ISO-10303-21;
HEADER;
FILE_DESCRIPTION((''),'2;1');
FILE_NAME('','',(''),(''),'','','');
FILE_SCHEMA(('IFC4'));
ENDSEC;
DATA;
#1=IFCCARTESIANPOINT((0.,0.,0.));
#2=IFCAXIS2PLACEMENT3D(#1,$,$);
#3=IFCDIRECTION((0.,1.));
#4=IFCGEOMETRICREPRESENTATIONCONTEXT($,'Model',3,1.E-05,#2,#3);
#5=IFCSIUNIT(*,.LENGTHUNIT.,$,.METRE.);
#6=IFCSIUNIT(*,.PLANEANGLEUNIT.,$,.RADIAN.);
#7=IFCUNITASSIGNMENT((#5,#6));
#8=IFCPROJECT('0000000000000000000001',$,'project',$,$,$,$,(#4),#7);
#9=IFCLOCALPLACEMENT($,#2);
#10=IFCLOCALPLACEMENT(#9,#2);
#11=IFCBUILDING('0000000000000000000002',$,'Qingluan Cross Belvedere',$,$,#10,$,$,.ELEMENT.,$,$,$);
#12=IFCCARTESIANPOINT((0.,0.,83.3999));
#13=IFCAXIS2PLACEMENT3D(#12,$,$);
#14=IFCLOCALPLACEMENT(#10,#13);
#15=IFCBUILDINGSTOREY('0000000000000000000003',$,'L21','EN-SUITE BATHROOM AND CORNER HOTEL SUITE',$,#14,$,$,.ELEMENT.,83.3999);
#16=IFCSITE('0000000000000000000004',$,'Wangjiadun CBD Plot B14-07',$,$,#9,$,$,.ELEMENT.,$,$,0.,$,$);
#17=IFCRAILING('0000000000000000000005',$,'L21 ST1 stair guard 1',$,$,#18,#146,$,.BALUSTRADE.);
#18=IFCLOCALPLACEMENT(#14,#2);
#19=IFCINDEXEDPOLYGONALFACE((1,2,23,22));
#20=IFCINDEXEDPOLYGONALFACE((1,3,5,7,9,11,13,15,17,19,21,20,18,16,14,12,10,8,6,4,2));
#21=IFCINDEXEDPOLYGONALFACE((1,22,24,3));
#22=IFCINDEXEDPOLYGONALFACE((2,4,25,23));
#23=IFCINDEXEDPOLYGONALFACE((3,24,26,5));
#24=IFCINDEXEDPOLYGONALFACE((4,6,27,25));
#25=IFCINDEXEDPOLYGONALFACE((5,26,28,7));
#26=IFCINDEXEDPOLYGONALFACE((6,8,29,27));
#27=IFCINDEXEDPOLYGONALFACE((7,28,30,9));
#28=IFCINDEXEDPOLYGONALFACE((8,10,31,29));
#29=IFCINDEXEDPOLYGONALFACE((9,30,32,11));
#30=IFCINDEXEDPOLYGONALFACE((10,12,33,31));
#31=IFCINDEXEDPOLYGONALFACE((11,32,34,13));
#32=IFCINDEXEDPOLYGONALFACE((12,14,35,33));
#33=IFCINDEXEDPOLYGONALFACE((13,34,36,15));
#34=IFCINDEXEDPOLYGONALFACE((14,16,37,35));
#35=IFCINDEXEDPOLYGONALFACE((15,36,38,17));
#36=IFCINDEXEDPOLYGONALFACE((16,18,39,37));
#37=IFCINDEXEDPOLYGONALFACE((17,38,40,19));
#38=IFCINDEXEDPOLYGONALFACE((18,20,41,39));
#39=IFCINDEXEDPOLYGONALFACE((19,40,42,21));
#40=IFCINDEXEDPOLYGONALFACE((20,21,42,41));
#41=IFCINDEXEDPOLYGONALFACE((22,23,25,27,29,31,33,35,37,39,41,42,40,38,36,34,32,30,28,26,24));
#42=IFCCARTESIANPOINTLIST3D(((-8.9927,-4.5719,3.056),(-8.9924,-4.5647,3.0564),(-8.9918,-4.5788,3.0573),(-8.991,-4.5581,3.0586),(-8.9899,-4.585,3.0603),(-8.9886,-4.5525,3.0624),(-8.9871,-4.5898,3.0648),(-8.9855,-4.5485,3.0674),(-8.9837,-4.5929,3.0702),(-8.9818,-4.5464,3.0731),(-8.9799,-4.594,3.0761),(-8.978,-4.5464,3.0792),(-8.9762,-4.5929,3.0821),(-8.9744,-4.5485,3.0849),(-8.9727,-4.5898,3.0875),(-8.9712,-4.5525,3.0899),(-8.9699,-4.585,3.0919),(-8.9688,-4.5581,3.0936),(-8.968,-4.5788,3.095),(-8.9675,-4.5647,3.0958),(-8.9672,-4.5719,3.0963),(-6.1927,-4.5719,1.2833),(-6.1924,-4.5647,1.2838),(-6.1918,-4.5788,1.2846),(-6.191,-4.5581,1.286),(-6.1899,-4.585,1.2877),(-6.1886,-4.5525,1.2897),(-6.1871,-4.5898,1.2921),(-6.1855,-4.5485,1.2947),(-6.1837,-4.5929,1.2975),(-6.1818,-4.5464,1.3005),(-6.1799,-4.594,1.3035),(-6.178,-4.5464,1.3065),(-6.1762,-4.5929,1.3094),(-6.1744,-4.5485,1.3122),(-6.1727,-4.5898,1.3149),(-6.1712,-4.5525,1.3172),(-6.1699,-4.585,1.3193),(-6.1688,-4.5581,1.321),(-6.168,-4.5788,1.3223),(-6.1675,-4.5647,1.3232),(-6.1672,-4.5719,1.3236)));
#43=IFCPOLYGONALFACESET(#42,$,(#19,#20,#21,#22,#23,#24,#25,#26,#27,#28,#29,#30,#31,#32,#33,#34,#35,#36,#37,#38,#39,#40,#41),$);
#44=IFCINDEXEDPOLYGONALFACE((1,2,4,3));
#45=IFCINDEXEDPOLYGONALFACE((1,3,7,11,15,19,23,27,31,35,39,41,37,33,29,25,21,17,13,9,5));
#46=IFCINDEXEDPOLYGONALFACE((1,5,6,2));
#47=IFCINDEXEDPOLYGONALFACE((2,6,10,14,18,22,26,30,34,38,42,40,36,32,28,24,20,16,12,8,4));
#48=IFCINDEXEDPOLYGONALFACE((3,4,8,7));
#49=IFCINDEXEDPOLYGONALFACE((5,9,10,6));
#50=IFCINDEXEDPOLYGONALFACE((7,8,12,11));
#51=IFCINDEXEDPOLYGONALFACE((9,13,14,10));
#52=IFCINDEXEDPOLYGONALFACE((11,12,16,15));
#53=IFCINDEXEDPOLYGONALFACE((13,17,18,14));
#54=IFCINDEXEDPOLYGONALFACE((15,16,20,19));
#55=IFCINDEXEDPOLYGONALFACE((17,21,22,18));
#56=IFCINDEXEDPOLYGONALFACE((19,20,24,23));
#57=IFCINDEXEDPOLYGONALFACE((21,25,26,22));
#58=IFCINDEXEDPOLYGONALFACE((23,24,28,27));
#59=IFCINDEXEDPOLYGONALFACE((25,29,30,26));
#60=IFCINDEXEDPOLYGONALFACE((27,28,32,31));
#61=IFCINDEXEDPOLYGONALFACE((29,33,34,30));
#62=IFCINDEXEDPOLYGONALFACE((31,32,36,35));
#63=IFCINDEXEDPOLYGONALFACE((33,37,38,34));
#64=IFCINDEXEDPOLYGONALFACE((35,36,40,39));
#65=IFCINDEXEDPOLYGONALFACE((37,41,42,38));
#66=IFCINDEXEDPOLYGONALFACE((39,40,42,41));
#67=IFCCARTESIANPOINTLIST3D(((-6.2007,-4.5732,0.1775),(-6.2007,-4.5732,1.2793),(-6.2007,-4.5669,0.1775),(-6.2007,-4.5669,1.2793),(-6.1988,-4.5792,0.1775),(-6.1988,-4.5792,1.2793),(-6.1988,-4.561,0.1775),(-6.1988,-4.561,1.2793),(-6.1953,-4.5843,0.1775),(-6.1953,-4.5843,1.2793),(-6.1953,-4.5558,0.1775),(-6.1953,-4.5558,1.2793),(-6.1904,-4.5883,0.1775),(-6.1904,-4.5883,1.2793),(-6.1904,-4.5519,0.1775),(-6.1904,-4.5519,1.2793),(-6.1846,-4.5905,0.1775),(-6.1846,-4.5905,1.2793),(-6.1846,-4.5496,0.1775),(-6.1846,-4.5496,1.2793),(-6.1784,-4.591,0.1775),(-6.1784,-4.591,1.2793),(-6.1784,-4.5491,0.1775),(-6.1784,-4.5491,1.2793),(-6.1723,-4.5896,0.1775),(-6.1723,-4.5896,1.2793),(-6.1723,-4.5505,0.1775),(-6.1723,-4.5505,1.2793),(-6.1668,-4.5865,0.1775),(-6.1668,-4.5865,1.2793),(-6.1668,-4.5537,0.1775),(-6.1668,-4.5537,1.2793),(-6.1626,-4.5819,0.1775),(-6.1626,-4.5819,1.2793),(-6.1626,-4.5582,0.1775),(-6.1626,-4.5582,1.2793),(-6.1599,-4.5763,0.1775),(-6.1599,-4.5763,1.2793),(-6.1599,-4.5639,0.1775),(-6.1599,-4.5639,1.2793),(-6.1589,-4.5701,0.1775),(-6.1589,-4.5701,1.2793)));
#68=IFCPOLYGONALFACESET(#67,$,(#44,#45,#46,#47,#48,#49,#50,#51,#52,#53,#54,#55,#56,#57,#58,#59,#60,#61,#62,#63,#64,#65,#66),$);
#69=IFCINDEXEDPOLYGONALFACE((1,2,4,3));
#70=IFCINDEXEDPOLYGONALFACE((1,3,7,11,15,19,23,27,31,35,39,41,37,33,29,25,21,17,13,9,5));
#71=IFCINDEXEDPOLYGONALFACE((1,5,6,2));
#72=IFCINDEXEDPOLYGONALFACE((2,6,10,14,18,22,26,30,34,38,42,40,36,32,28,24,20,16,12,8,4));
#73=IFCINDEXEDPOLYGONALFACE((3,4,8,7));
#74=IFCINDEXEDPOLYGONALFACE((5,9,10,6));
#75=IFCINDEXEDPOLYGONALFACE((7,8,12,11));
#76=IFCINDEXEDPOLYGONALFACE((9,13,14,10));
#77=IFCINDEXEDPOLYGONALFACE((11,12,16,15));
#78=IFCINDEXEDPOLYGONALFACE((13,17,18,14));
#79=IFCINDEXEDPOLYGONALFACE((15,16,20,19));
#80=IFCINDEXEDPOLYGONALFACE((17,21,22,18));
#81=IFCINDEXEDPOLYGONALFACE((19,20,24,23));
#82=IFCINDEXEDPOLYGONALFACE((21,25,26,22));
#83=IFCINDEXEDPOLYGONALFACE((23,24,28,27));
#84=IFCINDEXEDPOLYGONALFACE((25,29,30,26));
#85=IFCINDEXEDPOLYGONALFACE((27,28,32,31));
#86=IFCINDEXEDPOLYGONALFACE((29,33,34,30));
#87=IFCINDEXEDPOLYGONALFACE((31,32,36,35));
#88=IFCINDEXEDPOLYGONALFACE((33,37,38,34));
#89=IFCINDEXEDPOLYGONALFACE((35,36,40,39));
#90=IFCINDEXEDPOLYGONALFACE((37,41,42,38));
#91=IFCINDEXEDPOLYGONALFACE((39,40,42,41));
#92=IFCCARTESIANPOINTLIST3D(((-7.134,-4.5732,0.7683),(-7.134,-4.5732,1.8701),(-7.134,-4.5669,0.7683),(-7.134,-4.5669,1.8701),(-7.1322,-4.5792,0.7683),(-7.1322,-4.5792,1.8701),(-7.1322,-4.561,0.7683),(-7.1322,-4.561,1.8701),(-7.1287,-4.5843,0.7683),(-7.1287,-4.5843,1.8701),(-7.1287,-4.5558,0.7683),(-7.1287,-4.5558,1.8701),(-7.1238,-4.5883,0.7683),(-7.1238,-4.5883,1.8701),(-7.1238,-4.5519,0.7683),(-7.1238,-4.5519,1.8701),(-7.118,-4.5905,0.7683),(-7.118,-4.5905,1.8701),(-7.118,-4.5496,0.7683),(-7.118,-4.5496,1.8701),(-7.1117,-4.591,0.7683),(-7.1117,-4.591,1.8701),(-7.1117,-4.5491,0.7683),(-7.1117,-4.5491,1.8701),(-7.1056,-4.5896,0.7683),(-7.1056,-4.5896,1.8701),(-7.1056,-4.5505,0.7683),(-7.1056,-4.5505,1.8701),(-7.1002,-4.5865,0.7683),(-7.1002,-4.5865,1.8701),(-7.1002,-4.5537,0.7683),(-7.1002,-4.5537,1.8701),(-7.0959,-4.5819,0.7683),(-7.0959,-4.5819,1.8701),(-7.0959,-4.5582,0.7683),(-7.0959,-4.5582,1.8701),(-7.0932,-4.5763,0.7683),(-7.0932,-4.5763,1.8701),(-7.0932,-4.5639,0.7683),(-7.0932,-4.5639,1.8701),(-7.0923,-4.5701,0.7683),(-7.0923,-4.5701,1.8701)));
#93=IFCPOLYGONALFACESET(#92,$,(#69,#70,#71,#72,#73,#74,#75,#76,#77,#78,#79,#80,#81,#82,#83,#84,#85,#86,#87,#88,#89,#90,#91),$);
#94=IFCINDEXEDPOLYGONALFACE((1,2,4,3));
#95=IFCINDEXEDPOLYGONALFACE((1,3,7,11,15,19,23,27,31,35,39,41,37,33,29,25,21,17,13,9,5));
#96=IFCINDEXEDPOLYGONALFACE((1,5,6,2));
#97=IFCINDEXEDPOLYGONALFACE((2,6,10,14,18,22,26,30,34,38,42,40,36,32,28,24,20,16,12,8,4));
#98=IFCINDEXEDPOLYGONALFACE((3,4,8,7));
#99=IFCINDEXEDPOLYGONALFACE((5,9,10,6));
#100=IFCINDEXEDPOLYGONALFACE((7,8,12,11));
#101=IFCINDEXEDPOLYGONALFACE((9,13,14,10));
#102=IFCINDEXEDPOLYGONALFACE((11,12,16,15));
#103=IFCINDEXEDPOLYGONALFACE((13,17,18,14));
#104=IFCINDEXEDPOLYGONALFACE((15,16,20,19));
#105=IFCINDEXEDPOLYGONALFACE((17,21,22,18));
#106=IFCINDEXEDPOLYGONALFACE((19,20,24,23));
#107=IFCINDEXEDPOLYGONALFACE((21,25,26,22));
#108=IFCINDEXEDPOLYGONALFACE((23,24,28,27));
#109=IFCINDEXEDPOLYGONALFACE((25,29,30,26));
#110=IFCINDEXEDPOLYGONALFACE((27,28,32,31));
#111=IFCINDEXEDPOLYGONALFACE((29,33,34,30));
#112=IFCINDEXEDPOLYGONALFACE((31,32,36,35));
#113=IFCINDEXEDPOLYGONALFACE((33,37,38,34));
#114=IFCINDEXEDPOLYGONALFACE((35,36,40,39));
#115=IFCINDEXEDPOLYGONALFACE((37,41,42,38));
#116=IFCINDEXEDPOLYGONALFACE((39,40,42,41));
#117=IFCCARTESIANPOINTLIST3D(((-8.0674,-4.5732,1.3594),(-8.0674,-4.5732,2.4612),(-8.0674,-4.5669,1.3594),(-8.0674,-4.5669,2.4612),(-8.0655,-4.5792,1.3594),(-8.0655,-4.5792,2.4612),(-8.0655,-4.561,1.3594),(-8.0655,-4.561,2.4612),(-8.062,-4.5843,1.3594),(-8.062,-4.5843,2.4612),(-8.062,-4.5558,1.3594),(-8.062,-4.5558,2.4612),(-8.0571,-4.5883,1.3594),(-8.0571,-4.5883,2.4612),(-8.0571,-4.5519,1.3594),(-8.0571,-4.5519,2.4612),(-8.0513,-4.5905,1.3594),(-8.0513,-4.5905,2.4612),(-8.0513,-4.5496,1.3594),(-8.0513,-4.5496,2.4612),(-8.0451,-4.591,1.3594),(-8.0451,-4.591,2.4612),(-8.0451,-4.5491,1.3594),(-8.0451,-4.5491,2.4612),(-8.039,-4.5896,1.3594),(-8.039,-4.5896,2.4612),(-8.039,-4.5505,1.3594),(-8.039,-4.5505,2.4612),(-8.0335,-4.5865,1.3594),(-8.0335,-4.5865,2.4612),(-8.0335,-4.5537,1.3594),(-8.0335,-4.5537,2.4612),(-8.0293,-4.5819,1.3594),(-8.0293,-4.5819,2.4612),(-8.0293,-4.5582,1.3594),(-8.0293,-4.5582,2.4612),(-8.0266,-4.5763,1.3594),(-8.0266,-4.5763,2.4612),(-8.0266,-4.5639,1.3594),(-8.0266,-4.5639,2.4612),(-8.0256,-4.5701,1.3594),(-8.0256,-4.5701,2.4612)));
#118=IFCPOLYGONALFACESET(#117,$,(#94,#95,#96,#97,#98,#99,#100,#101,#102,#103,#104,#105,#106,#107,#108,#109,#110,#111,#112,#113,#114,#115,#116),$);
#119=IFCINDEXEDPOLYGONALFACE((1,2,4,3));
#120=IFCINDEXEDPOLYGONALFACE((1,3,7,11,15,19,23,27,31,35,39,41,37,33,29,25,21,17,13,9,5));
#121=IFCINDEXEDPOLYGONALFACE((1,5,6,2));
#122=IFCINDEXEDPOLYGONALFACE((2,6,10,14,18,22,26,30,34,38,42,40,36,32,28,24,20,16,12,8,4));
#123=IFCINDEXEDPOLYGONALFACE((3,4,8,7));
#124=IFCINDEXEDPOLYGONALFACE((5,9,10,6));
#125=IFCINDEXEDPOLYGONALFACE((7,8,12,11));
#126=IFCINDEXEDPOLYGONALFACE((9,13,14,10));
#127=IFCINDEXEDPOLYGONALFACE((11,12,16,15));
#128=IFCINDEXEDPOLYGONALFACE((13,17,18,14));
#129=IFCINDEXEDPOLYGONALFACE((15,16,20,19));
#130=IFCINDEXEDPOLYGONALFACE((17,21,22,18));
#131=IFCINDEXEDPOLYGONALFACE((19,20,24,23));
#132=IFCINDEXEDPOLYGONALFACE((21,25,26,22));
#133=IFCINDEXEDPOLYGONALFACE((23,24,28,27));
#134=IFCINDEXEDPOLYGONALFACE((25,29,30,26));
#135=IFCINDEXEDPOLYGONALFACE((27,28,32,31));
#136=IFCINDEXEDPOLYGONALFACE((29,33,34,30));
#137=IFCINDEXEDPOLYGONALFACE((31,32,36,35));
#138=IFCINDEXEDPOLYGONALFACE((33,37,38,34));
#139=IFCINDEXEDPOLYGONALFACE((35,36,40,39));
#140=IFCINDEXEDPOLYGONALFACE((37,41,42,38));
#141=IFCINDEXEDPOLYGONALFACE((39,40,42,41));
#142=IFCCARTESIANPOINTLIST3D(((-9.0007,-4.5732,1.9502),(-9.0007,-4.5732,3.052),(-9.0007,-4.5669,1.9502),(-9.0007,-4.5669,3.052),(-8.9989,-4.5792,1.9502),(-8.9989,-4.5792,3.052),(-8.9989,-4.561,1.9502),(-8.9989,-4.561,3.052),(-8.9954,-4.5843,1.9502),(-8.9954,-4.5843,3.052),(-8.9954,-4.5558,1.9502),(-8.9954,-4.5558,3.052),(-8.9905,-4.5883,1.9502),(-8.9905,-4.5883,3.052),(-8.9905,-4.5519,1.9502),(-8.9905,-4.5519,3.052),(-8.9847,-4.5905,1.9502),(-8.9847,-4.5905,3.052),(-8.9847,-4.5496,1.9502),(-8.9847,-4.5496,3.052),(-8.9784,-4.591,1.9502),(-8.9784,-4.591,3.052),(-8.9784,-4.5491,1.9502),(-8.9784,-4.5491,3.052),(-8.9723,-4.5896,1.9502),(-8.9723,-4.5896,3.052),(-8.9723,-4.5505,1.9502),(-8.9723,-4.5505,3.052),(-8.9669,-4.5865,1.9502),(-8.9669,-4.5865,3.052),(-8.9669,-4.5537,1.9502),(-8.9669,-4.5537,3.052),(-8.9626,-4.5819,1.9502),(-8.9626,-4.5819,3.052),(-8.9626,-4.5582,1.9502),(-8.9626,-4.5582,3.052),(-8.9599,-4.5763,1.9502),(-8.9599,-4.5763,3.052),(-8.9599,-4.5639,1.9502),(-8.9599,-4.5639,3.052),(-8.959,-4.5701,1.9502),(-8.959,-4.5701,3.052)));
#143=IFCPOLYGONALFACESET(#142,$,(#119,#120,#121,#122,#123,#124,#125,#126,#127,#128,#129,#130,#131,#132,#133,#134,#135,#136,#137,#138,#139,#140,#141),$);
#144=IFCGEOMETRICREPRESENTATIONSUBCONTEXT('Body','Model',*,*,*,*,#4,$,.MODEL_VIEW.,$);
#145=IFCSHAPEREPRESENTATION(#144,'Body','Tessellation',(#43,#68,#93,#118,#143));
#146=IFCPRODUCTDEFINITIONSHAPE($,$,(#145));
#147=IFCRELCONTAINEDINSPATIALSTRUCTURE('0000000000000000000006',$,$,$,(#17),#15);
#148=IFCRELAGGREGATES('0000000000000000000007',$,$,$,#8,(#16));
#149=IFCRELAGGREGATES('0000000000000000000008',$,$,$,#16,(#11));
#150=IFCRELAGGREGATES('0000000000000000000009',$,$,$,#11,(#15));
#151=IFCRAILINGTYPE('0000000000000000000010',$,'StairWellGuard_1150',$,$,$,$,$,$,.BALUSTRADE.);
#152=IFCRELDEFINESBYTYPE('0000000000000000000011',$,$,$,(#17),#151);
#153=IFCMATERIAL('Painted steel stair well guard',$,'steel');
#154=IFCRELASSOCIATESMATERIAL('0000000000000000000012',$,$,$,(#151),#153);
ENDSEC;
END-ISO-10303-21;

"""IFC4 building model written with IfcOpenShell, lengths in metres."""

from ifc_helpers import new_model, si_unit, direction, frame, origin, origin_2d, place, context, subcontext, project, spatial, circle, extrude, material, type_object, element, save


model = new_model("IFC4")

# Units and contexts
model_context = context("Model", 3, precision=1e-05, world=origin(), true_north=direction((0.0, 1.0)))
body_context = subcontext(model_context, "Body", "Model", "MODEL_VIEW")
ifc_project = project(units=[si_unit("LENGTHUNIT", "METRE"), si_unit("PLANEANGLEUNIT", "RADIAN")], contexts=[model_context])

# Site, building, storey
site_placement = place(None, origin())
site = spatial("IfcSite", under=ifc_project, at=site_placement, Name="Wangjiadun CBD Plot B14-07", CompositionType="ELEMENT", RefElevation=0.0)
building_placement = place(site_placement, origin())
building = spatial("IfcBuilding", under=site, at=building_placement, Name="Qingluan Cross Belvedere", CompositionType="ELEMENT")
storey_placement = place(building_placement, frame((0.0, 0.0, 83.3999)))
storey = spatial("IfcBuildingStorey", under=building, at=storey_placement, Name="L21", Description="EN-SUITE BATHROOM AND CORNER HOTEL SUITE", CompositionType="ELEMENT", Elevation=83.3999)

# Railing
ifc_material_1 = material(Name="Painted steel stair well guard", Category="steel")
railing_type_1 = type_object("IfcRailingType", Name="StairWellGuard_1150", PredefinedType="BALUSTRADE", material=ifc_material_1)
railing_1_placement = place(storey_placement, frame((-6.1799, -4.5701, 0.1775)))
element("IfcRailing", 1, at=railing_1_placement, inside=storey, type_object=railing_type_1, Name="L21 ST1 stair guard 1", PredefinedType="BALUSTRADE", context=body_context, shape_type="SweptSolid", body=[
    extrude(circle(Radius=0.0239, at=origin_2d()), frame((0.0, 0.0, 1.126), z_axis=(-0.844909, 0.0, 0.53491), x_axis=(0.0, -1.0, 0.0)), (0.0, 0.0, 1.0), 3.314),
    extrude(circle(Radius=0.021, at=origin_2d()), origin(), (0.0, 0.0, 1.0), 1.1018),
    extrude(circle(Radius=0.021, at=origin_2d()), frame((-0.9333, 0.0, 0.5908)), (0.0, 0.0, 1.0), 1.1018),
    extrude(circle(Radius=0.021, at=origin_2d()), frame((-1.8667, 0.0, 1.1819)), (0.0, 0.0, 1.0), 1.1018),
    extrude(circle(Radius=0.021, at=origin_2d()), frame((-2.8, 0.0, 1.7727)), (0.0, 0.0, 1.0), 1.1018),
])

save(model, "model.ifc")
